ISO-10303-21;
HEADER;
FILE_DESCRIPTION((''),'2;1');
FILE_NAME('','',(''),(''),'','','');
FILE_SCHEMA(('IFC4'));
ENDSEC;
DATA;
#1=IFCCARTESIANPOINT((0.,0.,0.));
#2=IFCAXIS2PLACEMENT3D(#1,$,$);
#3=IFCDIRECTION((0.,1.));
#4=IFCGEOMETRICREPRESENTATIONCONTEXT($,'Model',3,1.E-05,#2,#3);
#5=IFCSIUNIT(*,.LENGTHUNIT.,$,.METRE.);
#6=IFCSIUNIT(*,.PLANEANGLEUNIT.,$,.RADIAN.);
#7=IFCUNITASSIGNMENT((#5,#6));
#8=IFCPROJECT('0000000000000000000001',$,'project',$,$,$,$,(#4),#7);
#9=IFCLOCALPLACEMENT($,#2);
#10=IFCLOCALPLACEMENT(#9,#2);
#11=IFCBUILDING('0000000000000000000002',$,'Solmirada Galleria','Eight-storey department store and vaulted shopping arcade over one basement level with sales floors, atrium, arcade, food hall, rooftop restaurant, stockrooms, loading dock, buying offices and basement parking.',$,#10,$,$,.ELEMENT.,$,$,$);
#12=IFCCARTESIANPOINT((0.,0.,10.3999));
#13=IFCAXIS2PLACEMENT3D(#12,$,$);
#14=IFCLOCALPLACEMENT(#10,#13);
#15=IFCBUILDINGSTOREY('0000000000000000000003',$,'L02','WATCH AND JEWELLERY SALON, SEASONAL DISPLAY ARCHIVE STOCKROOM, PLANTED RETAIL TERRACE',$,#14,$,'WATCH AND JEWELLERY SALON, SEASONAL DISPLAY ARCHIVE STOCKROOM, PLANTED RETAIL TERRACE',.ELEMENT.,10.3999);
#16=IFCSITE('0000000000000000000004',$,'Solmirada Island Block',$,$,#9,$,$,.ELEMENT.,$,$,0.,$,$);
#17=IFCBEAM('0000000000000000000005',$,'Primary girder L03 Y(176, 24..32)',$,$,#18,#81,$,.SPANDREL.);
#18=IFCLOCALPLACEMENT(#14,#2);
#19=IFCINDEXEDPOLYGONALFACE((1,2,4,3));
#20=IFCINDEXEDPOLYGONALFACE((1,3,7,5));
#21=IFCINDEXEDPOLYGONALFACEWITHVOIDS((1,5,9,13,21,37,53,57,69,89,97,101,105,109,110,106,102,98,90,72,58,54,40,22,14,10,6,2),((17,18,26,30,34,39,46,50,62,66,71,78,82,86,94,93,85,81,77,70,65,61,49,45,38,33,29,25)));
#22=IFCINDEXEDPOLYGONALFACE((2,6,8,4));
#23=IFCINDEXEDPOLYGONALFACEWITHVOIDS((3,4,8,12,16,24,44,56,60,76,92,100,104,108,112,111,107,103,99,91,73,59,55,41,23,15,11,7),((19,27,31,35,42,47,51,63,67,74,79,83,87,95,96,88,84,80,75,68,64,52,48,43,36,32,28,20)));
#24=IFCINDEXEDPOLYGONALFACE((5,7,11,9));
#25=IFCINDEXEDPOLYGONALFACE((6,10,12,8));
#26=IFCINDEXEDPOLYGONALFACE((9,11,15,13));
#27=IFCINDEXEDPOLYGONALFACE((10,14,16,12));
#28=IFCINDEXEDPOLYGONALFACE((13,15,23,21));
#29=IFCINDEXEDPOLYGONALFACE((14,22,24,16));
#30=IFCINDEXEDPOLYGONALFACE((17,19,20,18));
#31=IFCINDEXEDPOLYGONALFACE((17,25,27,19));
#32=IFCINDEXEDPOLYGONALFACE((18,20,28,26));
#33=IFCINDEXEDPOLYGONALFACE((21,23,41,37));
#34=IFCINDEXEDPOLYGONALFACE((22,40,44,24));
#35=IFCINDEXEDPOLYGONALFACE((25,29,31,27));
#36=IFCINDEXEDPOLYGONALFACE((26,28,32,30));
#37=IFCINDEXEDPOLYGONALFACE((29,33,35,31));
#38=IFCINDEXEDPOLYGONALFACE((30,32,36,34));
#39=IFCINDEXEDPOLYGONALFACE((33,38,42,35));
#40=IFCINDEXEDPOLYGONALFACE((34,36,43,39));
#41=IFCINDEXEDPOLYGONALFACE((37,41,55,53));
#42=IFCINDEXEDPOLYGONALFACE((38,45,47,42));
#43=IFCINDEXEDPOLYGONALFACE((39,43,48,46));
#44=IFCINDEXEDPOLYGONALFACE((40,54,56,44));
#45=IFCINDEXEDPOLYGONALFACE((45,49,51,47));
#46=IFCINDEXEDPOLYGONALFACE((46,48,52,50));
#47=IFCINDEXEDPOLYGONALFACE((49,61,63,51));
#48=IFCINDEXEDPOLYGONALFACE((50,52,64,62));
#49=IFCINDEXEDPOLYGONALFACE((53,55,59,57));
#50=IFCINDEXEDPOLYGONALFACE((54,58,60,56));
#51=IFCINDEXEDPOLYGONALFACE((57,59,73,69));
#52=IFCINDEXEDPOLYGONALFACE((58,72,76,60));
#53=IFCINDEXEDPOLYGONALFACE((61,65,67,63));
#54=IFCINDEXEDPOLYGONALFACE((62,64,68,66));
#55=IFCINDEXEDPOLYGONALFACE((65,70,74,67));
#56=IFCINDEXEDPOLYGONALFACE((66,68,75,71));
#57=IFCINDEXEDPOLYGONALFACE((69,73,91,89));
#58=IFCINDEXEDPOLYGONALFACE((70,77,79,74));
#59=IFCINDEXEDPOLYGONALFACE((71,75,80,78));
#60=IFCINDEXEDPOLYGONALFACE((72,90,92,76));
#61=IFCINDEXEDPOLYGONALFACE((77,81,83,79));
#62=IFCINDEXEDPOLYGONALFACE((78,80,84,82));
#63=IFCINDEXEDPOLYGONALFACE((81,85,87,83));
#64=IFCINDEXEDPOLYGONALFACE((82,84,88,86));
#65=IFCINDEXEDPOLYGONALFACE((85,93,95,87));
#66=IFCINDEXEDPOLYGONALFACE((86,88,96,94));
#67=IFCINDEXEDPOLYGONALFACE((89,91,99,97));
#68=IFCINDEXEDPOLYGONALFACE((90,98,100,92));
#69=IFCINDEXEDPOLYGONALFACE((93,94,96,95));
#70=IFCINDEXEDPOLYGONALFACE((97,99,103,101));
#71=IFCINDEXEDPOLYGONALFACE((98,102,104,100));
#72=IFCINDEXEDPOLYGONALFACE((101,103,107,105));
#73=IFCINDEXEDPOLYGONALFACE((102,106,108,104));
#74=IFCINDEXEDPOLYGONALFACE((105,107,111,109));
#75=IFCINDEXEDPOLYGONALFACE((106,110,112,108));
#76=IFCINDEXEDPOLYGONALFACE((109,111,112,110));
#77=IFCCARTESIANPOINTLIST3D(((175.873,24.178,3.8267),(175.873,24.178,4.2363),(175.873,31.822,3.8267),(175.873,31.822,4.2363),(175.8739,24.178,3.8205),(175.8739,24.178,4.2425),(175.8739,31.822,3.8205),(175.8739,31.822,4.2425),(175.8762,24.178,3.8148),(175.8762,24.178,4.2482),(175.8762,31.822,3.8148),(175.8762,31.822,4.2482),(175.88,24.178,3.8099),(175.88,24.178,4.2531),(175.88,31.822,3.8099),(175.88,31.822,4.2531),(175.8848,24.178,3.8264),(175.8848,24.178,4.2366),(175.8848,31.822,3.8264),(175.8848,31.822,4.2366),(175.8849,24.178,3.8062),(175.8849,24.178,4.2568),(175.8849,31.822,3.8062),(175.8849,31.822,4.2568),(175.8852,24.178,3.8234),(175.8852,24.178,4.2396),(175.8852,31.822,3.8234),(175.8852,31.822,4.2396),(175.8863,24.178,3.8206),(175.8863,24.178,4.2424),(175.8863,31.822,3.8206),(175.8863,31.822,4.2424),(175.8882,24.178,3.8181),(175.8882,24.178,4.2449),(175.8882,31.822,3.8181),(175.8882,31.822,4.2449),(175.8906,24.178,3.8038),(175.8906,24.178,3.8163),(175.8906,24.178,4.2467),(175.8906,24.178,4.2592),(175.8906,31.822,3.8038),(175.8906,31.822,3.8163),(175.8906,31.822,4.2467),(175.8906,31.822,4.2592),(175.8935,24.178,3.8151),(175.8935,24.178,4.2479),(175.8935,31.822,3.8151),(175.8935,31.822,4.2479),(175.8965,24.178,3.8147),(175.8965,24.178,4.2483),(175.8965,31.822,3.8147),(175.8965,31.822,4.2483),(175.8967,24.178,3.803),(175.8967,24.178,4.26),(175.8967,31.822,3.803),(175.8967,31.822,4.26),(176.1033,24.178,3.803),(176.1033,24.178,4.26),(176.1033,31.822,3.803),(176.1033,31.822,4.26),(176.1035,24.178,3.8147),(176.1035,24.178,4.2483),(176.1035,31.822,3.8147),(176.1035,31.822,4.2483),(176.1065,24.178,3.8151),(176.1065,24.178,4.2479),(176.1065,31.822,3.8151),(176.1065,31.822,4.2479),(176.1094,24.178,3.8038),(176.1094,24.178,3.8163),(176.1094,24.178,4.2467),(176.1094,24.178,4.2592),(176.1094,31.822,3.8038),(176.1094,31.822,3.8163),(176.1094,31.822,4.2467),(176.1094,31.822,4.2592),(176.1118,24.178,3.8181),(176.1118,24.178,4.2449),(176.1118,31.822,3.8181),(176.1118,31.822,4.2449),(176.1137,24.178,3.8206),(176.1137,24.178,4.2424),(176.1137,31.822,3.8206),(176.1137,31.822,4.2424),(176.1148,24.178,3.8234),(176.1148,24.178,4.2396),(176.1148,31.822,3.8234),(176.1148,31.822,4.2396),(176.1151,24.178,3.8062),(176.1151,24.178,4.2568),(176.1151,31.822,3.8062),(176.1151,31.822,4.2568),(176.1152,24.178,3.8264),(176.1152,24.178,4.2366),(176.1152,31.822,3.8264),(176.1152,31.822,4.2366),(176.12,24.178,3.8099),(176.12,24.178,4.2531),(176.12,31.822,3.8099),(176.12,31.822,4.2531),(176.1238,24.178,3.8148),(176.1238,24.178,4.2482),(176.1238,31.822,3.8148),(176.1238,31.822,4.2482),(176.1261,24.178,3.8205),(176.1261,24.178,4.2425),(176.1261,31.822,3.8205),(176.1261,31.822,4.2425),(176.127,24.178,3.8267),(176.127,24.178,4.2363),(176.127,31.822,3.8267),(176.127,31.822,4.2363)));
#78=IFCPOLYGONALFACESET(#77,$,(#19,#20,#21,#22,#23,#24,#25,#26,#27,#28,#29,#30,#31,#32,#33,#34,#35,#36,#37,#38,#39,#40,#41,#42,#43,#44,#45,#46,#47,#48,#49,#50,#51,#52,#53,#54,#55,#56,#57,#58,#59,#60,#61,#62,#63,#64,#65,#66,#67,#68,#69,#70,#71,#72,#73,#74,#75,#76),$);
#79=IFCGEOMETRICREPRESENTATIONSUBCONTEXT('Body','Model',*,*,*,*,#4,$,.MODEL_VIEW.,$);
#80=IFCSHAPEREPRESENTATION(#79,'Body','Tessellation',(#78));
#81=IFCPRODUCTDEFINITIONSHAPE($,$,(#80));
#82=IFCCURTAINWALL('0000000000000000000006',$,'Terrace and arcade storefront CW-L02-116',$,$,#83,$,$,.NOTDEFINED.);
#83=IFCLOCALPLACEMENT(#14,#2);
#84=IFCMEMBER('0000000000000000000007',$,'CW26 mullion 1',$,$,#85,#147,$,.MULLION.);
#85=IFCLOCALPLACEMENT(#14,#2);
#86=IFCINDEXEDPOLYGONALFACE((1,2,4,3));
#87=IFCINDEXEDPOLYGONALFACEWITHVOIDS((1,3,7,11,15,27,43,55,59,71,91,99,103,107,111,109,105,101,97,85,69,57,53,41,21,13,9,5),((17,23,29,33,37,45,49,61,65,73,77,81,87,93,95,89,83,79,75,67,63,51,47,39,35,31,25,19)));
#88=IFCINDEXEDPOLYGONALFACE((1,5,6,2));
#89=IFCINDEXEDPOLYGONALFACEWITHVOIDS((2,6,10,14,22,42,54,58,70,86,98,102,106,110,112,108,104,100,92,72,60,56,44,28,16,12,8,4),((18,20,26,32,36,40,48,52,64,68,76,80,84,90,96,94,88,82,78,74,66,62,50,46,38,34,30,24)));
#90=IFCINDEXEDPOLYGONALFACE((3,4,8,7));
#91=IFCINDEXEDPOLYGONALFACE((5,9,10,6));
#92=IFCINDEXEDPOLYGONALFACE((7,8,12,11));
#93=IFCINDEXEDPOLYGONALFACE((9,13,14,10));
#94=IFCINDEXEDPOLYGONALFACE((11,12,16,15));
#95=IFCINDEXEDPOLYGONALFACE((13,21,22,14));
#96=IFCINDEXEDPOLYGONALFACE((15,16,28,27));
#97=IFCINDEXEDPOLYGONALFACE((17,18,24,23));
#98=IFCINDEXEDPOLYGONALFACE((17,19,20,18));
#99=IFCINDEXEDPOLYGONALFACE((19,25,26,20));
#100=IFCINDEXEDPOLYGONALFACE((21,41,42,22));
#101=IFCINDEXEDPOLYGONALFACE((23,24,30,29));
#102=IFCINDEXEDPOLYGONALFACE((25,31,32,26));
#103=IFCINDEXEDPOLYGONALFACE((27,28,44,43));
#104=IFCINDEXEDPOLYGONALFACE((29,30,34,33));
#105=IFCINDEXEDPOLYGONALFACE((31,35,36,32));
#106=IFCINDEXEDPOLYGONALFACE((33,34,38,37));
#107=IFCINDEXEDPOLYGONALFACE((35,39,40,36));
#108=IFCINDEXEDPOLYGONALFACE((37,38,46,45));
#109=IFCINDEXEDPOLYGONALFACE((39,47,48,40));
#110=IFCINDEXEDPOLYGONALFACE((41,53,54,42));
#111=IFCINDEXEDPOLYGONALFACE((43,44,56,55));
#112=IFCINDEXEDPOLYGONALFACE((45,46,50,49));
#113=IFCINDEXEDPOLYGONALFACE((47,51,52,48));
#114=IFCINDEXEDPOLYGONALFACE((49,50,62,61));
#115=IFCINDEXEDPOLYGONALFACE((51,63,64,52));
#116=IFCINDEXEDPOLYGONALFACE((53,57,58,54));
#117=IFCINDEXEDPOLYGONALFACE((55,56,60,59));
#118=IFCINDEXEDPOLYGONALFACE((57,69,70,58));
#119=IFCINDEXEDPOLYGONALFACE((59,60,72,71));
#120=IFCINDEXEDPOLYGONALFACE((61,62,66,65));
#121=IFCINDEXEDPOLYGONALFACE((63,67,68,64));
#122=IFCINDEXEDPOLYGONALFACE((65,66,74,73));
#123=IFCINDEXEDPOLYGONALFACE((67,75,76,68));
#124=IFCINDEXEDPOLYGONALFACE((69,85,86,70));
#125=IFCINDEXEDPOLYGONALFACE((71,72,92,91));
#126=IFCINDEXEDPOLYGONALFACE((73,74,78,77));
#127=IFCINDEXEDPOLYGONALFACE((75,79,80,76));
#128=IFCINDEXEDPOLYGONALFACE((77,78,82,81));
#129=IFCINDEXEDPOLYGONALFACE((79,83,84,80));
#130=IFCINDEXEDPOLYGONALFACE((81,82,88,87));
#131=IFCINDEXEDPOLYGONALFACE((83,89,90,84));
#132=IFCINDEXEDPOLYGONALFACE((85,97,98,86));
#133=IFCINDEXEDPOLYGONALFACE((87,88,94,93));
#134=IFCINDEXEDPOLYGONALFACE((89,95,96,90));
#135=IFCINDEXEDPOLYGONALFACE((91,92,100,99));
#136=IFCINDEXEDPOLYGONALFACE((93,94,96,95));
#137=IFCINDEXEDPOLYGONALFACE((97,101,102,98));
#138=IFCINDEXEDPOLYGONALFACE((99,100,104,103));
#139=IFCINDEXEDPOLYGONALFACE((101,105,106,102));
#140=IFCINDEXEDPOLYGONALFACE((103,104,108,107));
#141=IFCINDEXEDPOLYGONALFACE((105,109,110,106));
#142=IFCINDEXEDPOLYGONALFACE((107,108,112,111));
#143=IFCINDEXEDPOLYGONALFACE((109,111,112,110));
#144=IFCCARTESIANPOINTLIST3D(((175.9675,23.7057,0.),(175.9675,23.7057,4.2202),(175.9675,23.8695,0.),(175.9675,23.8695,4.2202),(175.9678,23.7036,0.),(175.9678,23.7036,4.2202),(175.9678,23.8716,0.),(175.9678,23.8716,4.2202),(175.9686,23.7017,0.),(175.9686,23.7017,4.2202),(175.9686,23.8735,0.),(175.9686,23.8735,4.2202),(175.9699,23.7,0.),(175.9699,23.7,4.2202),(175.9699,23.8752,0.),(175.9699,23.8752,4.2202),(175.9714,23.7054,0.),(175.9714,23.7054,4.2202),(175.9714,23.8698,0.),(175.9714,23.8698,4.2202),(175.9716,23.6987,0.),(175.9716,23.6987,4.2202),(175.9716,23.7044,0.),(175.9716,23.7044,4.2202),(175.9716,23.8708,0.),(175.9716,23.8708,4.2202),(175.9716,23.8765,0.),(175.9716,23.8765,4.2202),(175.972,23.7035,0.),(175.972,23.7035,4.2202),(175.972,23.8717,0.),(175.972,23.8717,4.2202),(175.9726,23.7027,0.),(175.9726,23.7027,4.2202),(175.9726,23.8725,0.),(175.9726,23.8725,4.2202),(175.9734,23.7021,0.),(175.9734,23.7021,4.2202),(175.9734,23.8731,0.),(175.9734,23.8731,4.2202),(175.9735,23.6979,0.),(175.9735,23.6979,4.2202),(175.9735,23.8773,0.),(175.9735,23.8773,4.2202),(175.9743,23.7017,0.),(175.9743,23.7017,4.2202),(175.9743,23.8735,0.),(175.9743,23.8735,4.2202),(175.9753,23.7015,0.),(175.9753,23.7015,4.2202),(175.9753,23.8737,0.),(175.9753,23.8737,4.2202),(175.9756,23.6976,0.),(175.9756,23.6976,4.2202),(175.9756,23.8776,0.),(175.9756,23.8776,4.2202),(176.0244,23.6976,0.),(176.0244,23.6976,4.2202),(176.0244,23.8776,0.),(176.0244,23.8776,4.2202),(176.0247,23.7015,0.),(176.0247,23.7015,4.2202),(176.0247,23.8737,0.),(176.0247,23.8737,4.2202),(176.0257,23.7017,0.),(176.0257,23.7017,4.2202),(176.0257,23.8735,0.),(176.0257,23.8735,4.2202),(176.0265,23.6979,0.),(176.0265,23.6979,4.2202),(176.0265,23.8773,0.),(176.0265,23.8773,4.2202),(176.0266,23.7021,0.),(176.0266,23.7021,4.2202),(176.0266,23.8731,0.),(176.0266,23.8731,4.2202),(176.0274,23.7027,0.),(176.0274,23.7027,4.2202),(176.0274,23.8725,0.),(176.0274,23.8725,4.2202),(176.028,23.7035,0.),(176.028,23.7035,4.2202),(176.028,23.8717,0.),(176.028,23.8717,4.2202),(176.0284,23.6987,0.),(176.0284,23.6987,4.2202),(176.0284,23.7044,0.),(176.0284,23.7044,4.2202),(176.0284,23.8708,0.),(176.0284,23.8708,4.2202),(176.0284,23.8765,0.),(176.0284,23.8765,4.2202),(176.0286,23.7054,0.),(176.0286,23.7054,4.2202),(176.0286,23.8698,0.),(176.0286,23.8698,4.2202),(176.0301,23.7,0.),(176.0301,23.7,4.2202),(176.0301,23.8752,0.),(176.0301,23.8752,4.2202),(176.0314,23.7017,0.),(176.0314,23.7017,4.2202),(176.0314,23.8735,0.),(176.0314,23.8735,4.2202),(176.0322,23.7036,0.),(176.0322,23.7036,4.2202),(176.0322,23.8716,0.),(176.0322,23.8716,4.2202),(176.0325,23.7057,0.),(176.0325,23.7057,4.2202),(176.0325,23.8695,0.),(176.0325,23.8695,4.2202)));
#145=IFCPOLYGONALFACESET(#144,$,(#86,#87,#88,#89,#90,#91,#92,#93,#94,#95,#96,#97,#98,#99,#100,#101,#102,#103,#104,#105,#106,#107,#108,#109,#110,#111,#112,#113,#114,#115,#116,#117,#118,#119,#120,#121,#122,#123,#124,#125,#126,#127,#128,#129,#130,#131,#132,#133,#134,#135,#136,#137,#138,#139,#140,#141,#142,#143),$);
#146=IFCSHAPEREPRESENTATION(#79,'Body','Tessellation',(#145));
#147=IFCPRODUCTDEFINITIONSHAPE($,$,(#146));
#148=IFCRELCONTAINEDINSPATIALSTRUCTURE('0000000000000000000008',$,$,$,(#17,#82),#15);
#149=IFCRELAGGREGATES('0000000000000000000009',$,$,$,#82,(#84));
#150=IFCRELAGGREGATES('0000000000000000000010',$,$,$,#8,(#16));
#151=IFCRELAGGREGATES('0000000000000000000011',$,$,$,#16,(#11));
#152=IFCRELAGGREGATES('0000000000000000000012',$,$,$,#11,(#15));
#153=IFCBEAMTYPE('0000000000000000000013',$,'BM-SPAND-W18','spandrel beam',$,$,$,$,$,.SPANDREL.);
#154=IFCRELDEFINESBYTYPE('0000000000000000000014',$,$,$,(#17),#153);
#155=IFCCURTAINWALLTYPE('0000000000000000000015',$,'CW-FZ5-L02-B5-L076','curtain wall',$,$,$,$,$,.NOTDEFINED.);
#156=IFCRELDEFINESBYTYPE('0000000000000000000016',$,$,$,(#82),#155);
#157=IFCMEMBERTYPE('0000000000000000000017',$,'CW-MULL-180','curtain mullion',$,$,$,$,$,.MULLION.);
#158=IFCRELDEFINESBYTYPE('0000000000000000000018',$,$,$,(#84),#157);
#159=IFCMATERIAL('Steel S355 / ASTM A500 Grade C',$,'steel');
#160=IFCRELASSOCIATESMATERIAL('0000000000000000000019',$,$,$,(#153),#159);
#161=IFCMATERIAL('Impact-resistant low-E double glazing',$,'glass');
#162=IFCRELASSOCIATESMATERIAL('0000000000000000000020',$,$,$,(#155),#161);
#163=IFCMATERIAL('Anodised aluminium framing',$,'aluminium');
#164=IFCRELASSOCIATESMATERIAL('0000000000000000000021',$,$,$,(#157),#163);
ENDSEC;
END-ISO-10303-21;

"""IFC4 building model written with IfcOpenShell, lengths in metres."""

from ifc_helpers import new_model, si_unit, direction, frame, origin, origin_2d, place, context, subcontext, project, spatial, hollow_rectangle, extrude, material, material_profile, profile_set, type_object, element, aggregate, save


model = new_model("IFC4")

# Units and contexts
model_context = context("Model", 3, precision=1e-05, world=origin(), true_north=direction((0.0, 1.0)))
body_context = subcontext(model_context, "Body", "Model", "MODEL_VIEW")
ifc_project = project(units=[si_unit("LENGTHUNIT", "METRE"), si_unit("PLANEANGLEUNIT", "RADIAN")], contexts=[model_context])

# Site, building, storey
site_placement = place(None, origin())
site = spatial("IfcSite", under=ifc_project, at=site_placement, Name="Solmirada Island Block", CompositionType="ELEMENT", RefElevation=0.0)
building_placement = place(site_placement, origin())
building = spatial("IfcBuilding", under=site, at=building_placement, Name="Solmirada Galleria", Description="Eight-storey department store and vaulted shopping arcade over one basement level with sales floors, atrium, arcade, food hall, rooftop restaurant, stockrooms, loading dock, buying offices and basement parking.", CompositionType="ELEMENT")
storey_placement = place(building_placement, frame((0.0, 0.0, 10.3999)))
storey = spatial("IfcBuildingStorey", under=building, at=storey_placement, Name="L02", Description="WATCH AND JEWELLERY SALON, SEASONAL DISPLAY ARCHIVE STOCKROOM, PLANTED RETAIL TERRACE", LongName="WATCH AND JEWELLERY SALON, SEASONAL DISPLAY ARCHIVE STOCKROOM, PLANTED RETAIL TERRACE", CompositionType="ELEMENT", Elevation=10.3999)

# Shared definitions
ifc_material_1 = material(Name="Steel S355 / ASTM A500 Grade C", Category="steel")

# Beam
ifc_material_profile_1 = material_profile(ifc_material_1, hollow_rectangle(XDim=0.2539, YDim=0.457, WallThickness=0.0117, InnerFilletRadius=0.0117, OuterFilletRadius=0.0237, at=origin_2d()), Name="HSS18X10X1/2")
ifc_profile_set_1 = profile_set([ifc_material_profile_1], Name="Steel S355 / ASTM A500 Grade C")
beam_type = type_object("IfcBeamType", Name="BM-SPAND-W18", Description="spandrel beam", PredefinedType="SPANDREL", material=ifc_profile_set_1)
beam_placement = place(storey_placement, frame((176.0, 24.178, 4.0315), z_axis=(0.0, 1.0, 0.0), x_axis=(-1.0, 0.0, 0.0)))
element("IfcBeam", 1, at=beam_placement, inside=storey, type_object=beam_type, Name="Primary girder L03 Y(176, 24..32)", PredefinedType="SPANDREL", context=body_context, shape_type="SweptSolid", body=[
    extrude(hollow_rectangle(XDim=0.2539, YDim=0.457, WallThickness=0.0117, InnerFilletRadius=0.0117, OuterFilletRadius=0.0237, at=origin_2d()), origin(), (0.0, 0.0, 1.0), 7.644),
])

# Curtain wall, member
ifc_material_2 = material(Name="Impact-resistant low-E double glazing", Category="glass")
curtain_wall_type = type_object("IfcCurtainWallType", Name="CW-FZ5-L02-B5-L076", Description="curtain wall", PredefinedType="NOTDEFINED", material=ifc_material_2)
curtain_wall_placement = place(storey_placement, origin())
curtain_wall = element("IfcCurtainWall", 2, at=curtain_wall_placement, inside=storey, type_object=curtain_wall_type, Name="Terrace and arcade storefront CW-L02-116", PredefinedType="NOTDEFINED")
ifc_material_3 = material(Name="Anodised aluminium framing", Category="aluminium")
ifc_material_profile_2 = material_profile(ifc_material_3, hollow_rectangle(XDim=0.0649, YDim=0.1799, WallThickness=0.0039, InnerFilletRadius=0.0039, OuterFilletRadius=0.0081, at=origin_2d()), Name="ALU-MULL-180X65")
ifc_profile_set_2 = profile_set([ifc_material_profile_2], Name="Anodised aluminium framing")
member_type_1 = type_object("IfcMemberType", Name="CW-MULL-180", Description="curtain mullion", PredefinedType="MULLION", material=ifc_profile_set_2)
member_1_placement = place(storey_placement, frame((176.0, 23.7876, 0.0), z_axis=(0.0, 0.0, 1.0), x_axis=(1.0, 0.0, 0.0)))
member_1 = element("IfcMember", 3, at=member_1_placement, type_object=member_type_1, Name="CW26 mullion 1", PredefinedType="MULLION", context=body_context, shape_type="SweptSolid", body=[
    extrude(hollow_rectangle(XDim=0.0649, YDim=0.1799, WallThickness=0.0039, InnerFilletRadius=0.0039, OuterFilletRadius=0.0081, at=origin_2d()), origin(), (0.0, 0.0, 1.0), 4.2202),
])
aggregate(curtain_wall, [member_1])

save(model, "model.ifc")
